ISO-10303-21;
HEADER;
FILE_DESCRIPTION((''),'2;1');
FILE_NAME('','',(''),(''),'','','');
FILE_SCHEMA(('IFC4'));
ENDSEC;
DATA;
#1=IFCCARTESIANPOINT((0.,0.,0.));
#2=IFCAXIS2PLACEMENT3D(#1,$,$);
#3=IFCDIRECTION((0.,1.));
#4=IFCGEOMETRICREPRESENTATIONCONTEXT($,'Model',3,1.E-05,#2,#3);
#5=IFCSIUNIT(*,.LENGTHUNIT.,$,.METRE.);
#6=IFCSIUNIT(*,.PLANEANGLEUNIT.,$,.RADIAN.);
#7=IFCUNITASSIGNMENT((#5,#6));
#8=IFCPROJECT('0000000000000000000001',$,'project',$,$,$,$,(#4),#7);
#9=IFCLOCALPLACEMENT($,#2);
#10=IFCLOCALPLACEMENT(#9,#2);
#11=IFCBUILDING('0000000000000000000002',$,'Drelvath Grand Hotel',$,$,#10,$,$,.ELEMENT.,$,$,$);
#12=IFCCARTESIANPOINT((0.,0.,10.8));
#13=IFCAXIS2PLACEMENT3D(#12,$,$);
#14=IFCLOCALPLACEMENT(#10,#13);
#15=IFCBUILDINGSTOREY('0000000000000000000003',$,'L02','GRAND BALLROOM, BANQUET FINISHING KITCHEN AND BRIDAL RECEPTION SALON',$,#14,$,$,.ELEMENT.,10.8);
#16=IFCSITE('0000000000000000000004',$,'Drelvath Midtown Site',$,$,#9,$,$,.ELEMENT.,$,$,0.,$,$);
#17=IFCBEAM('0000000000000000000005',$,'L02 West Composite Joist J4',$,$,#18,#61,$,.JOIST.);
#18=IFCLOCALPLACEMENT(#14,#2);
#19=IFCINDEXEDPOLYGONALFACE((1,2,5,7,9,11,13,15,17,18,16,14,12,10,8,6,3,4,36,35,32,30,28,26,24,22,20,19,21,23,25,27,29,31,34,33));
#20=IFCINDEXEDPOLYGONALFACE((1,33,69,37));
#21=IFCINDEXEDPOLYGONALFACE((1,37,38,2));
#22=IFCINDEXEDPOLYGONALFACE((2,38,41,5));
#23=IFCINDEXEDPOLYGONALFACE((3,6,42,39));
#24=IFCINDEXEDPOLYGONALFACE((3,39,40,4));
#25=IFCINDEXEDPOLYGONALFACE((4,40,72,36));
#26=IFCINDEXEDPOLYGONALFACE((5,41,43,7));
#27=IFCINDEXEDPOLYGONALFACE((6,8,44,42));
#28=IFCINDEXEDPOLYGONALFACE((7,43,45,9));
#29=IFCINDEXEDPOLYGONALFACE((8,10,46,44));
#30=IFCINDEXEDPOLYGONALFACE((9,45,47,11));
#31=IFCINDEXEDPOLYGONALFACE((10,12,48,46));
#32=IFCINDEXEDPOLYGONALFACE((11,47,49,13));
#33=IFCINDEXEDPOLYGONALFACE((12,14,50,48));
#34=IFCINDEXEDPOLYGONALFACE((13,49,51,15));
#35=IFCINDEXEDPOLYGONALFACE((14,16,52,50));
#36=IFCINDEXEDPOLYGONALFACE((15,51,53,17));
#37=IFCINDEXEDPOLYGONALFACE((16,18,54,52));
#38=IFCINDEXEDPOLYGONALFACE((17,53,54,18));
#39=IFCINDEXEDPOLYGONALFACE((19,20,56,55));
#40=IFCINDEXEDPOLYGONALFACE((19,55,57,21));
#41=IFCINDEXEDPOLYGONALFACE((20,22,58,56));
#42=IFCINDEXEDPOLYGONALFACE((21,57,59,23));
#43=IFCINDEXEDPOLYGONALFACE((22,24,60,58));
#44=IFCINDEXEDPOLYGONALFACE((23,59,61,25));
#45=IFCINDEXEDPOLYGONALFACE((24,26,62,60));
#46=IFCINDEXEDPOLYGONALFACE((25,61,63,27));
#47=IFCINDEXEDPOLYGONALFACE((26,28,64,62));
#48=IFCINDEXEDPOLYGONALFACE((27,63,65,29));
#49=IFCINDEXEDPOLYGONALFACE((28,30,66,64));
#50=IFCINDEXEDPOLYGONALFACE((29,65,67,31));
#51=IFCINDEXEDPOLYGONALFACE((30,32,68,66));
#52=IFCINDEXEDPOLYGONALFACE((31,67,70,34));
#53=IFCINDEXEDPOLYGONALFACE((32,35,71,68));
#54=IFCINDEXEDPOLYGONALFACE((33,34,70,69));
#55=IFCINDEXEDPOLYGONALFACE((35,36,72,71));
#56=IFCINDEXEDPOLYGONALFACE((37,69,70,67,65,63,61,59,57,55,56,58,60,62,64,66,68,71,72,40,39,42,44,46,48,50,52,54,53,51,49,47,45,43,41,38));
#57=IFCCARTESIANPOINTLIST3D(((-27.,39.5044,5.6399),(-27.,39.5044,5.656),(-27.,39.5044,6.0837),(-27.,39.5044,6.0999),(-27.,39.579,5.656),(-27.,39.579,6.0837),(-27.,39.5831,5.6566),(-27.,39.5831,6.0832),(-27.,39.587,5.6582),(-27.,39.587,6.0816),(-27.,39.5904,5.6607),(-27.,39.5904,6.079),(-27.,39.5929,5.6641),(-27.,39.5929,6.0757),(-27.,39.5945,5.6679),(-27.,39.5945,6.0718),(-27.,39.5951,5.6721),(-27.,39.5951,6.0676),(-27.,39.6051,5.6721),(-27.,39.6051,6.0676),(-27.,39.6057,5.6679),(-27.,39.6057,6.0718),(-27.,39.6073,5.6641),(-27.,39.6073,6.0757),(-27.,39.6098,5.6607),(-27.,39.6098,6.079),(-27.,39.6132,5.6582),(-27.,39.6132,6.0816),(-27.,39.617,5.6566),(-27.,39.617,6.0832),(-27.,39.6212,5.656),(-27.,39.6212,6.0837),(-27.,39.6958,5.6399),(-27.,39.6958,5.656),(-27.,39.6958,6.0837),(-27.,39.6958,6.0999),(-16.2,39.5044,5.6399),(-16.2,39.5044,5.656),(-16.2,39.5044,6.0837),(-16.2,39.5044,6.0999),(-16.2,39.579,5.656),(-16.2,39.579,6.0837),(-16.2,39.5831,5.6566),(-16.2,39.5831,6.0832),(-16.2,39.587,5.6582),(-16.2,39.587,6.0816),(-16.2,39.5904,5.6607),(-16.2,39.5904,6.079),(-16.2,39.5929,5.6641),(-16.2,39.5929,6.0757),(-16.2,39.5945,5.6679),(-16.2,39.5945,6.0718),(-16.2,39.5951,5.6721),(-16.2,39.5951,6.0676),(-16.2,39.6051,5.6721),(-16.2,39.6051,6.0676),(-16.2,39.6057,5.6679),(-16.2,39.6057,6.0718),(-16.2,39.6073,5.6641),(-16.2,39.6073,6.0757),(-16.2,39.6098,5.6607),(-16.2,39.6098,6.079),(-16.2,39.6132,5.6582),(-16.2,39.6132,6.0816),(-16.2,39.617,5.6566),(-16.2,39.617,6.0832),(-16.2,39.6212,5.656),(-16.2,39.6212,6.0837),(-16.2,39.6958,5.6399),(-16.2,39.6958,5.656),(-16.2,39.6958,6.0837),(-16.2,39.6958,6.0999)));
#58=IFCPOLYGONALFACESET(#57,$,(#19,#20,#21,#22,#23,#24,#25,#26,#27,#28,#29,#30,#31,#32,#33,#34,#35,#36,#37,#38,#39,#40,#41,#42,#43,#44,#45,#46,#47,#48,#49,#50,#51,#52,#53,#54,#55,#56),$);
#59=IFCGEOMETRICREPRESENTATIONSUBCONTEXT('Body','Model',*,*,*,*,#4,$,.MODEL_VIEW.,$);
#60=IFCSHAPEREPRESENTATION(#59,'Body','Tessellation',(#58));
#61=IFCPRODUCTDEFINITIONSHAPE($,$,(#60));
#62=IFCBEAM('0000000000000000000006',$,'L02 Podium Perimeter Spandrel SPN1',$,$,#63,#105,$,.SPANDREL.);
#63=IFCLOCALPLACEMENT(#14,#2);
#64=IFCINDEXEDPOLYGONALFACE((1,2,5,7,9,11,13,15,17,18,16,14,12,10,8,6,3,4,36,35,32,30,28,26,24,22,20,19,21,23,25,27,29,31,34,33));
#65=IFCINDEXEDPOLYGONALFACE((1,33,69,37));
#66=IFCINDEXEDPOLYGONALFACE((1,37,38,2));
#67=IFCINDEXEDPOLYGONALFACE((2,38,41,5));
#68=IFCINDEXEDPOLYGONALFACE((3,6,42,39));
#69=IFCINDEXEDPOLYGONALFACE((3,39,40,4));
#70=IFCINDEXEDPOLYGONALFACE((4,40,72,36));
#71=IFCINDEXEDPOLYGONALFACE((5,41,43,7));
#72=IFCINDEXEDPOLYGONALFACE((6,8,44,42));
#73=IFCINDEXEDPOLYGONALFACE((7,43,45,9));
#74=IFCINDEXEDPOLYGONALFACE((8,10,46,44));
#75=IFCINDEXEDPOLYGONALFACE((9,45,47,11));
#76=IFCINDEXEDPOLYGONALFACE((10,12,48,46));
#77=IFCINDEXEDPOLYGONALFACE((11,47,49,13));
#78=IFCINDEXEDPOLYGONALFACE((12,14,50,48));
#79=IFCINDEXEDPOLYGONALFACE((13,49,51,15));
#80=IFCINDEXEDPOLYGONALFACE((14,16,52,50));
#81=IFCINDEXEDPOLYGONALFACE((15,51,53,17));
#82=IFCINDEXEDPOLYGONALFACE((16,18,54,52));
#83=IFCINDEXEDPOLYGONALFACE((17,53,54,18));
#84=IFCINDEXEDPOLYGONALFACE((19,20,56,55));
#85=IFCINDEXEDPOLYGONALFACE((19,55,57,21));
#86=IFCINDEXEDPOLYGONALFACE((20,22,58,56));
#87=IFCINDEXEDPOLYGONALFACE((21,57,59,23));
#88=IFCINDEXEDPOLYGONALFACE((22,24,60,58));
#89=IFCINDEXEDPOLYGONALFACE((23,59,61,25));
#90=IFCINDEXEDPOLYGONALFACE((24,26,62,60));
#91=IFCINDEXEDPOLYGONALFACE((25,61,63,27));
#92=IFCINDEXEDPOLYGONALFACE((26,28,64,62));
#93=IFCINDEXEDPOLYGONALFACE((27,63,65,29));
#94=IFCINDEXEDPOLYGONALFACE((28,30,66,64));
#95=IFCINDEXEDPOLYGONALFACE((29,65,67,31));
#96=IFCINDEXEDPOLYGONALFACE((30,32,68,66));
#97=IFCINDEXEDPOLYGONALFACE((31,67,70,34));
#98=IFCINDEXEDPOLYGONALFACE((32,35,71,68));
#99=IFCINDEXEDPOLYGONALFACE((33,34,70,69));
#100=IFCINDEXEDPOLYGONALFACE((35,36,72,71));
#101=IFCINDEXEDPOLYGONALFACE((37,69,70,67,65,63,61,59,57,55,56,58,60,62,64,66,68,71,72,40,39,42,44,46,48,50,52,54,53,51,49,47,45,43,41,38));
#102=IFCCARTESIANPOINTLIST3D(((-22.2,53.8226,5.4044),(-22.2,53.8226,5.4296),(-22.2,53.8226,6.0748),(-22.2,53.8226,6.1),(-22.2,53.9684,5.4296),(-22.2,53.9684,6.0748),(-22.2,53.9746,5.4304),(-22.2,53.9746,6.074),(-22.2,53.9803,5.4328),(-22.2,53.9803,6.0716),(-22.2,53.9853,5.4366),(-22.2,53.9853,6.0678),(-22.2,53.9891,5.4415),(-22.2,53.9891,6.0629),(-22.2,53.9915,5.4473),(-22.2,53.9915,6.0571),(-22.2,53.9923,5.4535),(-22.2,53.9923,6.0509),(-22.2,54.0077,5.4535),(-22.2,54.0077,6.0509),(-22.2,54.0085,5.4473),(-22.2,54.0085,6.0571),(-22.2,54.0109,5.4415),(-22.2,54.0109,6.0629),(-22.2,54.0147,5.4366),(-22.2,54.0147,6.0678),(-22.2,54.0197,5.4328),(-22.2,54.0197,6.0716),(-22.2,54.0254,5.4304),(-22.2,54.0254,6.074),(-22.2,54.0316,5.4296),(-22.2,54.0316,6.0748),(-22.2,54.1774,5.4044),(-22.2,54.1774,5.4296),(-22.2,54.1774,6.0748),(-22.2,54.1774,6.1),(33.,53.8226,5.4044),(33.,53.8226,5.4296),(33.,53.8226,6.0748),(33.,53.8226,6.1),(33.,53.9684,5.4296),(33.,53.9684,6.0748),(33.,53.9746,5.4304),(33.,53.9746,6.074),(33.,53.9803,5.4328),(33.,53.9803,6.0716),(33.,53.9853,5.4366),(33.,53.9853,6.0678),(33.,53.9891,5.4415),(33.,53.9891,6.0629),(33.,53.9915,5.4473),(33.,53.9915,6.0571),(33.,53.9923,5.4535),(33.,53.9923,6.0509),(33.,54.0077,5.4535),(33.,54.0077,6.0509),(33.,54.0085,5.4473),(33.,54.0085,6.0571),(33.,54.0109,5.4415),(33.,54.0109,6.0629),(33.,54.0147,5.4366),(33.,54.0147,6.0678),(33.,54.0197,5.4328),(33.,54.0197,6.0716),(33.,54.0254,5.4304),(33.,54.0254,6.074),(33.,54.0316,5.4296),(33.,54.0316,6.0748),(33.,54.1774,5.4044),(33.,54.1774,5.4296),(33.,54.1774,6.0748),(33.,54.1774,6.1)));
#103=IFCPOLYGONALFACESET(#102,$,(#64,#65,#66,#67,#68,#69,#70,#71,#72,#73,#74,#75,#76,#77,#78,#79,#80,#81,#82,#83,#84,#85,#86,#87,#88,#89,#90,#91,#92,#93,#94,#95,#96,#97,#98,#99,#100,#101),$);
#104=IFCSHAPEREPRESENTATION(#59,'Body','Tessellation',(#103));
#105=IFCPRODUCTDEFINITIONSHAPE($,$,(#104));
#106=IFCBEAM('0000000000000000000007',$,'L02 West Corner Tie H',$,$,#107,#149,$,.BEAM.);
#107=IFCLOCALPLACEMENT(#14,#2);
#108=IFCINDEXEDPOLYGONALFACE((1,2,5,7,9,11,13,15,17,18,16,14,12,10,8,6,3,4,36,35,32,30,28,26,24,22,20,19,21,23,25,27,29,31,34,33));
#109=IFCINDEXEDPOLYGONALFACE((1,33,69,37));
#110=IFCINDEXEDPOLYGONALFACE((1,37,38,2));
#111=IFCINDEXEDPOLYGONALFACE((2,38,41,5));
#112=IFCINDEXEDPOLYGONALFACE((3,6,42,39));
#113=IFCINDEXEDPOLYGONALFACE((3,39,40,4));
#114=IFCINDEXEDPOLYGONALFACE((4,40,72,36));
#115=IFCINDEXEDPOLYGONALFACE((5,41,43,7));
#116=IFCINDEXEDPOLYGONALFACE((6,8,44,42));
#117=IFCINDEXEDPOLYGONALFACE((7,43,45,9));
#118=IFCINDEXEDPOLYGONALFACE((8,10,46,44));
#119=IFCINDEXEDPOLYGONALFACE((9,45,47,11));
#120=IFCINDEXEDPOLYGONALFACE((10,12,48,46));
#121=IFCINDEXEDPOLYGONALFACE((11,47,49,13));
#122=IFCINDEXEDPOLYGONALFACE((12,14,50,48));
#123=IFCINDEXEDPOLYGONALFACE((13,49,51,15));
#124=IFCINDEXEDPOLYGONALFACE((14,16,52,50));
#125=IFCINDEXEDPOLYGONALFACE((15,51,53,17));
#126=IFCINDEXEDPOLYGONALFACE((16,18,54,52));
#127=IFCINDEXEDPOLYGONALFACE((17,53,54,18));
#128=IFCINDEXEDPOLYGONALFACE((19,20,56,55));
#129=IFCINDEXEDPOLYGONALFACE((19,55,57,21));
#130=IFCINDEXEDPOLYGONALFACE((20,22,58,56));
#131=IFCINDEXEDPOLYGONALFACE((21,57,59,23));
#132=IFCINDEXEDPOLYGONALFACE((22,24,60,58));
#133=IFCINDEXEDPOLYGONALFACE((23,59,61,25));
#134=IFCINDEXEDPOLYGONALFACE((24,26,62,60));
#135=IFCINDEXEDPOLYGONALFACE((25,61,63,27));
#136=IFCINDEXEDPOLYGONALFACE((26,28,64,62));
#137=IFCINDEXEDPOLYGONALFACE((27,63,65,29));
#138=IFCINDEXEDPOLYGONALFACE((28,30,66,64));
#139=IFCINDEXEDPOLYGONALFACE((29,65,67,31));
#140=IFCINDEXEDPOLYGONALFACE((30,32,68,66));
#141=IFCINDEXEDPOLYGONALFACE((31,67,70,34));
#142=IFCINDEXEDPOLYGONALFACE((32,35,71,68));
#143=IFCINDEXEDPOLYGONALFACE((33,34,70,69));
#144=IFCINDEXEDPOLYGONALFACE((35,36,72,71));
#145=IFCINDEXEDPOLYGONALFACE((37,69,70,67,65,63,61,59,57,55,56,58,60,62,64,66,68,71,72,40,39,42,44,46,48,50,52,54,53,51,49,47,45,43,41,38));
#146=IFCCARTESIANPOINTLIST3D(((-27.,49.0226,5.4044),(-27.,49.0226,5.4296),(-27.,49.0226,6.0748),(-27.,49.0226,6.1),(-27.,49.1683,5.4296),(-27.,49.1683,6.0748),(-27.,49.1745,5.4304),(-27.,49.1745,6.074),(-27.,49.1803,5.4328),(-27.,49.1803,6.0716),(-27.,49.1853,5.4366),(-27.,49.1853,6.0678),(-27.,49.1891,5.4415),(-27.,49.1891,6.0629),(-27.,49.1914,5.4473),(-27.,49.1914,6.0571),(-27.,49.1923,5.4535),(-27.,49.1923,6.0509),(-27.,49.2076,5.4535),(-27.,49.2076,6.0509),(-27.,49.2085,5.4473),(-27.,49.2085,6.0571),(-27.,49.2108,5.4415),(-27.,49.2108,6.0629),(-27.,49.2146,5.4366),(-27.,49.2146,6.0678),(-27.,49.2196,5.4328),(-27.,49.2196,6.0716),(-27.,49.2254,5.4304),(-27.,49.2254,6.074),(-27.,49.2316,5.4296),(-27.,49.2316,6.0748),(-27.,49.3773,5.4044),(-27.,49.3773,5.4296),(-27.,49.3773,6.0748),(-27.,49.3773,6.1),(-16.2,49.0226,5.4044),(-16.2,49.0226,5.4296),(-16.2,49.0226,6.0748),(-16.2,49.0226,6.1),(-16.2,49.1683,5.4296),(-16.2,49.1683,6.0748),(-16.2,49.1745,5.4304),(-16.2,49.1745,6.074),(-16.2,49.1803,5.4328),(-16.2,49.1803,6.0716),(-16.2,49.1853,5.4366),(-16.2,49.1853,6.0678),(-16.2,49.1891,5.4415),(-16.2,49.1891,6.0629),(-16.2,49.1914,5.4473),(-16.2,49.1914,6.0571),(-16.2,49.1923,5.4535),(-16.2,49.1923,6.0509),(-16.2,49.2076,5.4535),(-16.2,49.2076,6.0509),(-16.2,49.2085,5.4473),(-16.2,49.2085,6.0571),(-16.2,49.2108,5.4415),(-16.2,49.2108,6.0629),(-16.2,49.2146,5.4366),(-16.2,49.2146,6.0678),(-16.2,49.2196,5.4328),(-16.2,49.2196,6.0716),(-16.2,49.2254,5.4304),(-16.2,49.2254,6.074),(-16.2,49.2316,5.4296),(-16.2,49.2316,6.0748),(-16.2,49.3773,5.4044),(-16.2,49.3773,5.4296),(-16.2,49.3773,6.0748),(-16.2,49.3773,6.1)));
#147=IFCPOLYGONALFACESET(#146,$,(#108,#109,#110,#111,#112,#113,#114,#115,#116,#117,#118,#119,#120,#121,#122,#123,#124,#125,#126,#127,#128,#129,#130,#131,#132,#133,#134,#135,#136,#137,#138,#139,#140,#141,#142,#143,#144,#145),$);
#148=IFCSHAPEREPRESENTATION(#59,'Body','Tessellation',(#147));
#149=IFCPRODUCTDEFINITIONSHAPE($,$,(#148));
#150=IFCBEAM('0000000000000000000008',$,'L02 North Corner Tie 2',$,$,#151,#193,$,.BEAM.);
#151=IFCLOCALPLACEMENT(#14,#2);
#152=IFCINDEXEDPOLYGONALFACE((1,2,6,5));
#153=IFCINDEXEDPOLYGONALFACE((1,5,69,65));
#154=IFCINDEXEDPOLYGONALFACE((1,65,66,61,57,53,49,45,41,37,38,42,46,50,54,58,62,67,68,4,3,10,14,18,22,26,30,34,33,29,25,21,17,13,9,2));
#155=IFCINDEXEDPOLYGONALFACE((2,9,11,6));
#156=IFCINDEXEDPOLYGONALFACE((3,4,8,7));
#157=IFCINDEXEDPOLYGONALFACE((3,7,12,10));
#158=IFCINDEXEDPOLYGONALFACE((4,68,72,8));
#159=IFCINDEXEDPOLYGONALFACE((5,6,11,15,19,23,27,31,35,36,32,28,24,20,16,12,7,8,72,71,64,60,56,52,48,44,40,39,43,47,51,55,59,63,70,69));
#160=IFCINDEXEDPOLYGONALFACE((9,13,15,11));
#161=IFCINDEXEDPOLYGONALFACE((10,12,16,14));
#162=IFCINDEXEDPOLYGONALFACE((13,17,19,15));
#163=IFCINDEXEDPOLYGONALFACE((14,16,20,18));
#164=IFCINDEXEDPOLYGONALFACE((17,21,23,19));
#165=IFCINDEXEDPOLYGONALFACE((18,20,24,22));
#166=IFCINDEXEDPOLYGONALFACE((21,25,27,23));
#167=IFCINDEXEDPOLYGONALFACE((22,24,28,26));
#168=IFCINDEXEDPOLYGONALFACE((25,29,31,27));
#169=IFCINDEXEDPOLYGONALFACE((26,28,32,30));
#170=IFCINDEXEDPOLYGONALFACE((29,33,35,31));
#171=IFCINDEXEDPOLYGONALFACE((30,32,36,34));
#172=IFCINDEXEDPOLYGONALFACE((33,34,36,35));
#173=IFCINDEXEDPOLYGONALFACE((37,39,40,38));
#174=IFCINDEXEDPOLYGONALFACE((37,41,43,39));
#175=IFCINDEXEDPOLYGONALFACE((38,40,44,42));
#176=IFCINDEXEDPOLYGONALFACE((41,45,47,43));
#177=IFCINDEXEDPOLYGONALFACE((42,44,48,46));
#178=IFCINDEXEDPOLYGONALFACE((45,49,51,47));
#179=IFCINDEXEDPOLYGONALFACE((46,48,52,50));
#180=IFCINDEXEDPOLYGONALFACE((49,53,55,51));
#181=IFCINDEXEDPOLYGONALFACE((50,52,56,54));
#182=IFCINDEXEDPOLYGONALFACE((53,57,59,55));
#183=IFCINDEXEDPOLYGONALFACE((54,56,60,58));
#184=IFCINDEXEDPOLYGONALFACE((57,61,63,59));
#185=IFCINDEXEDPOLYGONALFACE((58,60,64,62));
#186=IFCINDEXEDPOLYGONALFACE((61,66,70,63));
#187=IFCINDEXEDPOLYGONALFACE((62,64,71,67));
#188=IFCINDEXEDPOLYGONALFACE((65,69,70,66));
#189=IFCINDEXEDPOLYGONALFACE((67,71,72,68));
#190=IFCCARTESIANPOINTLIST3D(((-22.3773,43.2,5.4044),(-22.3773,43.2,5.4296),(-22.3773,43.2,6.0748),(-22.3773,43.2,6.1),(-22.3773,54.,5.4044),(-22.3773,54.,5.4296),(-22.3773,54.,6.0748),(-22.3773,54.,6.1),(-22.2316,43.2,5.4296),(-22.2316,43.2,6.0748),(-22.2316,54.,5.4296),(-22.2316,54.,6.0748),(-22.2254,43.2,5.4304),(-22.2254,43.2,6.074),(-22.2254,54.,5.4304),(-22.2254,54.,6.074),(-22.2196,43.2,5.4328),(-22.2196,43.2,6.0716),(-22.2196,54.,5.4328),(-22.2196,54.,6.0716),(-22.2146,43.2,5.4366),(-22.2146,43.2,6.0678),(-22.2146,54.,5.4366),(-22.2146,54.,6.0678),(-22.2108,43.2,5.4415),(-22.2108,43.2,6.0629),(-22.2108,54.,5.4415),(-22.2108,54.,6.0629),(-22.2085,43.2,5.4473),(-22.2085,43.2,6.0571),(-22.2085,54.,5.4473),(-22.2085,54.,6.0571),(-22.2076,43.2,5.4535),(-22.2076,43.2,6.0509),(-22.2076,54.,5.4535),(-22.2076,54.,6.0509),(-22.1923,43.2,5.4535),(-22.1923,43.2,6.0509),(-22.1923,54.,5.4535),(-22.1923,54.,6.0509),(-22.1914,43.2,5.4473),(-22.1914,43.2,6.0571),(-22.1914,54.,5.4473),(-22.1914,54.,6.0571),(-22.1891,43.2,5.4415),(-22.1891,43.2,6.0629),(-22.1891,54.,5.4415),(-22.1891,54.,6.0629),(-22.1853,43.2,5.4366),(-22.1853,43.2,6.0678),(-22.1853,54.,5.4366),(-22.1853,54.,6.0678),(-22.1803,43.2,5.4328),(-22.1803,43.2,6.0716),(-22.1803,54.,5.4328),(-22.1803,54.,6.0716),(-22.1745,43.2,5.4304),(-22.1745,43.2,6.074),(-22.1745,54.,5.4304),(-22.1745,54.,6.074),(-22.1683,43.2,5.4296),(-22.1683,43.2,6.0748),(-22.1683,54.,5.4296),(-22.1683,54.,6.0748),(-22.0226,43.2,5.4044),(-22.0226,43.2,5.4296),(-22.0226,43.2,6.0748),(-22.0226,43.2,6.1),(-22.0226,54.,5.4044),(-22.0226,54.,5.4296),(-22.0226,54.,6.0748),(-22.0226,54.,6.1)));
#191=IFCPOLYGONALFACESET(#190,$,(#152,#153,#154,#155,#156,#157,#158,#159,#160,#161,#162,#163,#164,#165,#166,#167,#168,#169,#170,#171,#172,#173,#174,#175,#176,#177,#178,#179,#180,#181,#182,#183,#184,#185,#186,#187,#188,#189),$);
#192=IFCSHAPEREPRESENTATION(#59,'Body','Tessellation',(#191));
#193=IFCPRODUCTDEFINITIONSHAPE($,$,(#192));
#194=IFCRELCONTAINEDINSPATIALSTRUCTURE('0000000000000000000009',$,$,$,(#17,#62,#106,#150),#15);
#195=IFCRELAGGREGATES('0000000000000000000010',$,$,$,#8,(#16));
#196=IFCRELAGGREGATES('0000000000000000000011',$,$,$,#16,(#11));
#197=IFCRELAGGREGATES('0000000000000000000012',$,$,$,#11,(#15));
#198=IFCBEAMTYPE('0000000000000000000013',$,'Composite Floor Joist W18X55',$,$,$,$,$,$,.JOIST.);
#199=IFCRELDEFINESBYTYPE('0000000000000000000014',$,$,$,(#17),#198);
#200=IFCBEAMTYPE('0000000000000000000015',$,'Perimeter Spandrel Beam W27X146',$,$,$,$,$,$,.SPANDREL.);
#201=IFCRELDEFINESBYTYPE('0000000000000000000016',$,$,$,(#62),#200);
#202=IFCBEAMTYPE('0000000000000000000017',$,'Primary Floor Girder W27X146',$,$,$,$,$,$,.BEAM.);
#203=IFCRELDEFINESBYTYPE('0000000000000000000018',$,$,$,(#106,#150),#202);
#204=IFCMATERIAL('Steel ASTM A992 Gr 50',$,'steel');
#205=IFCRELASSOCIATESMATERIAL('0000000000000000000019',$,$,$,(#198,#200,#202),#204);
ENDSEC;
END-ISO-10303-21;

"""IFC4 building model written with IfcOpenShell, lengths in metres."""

from ifc_helpers import new_model, si_unit, direction, frame, origin, origin_2d, place, context, subcontext, project, spatial, i_section, extrude, material, material_profile, profile_set, type_object, element, save


model = new_model("IFC4")

# Units and contexts
model_context = context("Model", 3, precision=1e-05, world=origin(), true_north=direction((0.0, 1.0)))
body_context = subcontext(model_context, "Body", "Model", "MODEL_VIEW")
ifc_project = project(units=[si_unit("LENGTHUNIT", "METRE"), si_unit("PLANEANGLEUNIT", "RADIAN")], contexts=[model_context])

# Site, building, storey
site_placement = place(None, origin())
site = spatial("IfcSite", under=ifc_project, at=site_placement, Name="Drelvath Midtown Site", CompositionType="ELEMENT", RefElevation=0.0)
building_placement = place(site_placement, origin())
building = spatial("IfcBuilding", under=site, at=building_placement, Name="Drelvath Grand Hotel", CompositionType="ELEMENT")
storey_placement = place(building_placement, frame((0.0, 0.0, 10.8)))
storey = spatial("IfcBuildingStorey", under=building, at=storey_placement, Name="L02", Description="GRAND BALLROOM, BANQUET FINISHING KITCHEN AND BRIDAL RECEPTION SALON", CompositionType="ELEMENT", Elevation=10.8)

# Beams
ifc_material_1 = material(Name="Steel ASTM A992 Gr 50", Category="steel")
ifc_material_profile_1 = material_profile(ifc_material_1, i_section(OverallWidth=0.1914, OverallDepth=0.46, WebThickness=0.01, FlangeThickness=0.0161, FilletRadius=0.0161, at=origin_2d()), Name="W18X55")
ifc_profile_set_1 = profile_set([ifc_material_profile_1], Name="Steel ASTM A992 Gr 50")
beam_type_1 = type_object("IfcBeamType", Name="Composite Floor Joist W18X55", PredefinedType="JOIST", material=ifc_profile_set_1)
beam_1_placement = place(storey_placement, frame((-27.0, 39.6001, 5.8699), z_axis=(1.0, 0.0, 0.0), x_axis=(0.0, 1.0, 0.0)))
element("IfcBeam", 1, at=beam_1_placement, inside=storey, type_object=beam_type_1, Name="L02 West Composite Joist J4", PredefinedType="JOIST", context=body_context, shape_type="SweptSolid", body=[
    extrude(i_section(OverallWidth=0.1914, OverallDepth=0.46, WebThickness=0.01, FlangeThickness=0.0161, FilletRadius=0.0161, at=origin_2d()), origin(), (0.0, 0.0, 1.0), 10.8),
])
ifc_material_profile_2 = material_profile(ifc_material_1, i_section(OverallWidth=0.3547, OverallDepth=0.6956, WebThickness=0.0154, FlangeThickness=0.0251, FilletRadius=0.0239, at=origin_2d()), Name="W27X146")
ifc_profile_set_2 = profile_set([ifc_material_profile_2], Name="Steel ASTM A992 Gr 50")
beam_type_2 = type_object("IfcBeamType", Name="Perimeter Spandrel Beam W27X146", PredefinedType="SPANDREL", material=ifc_profile_set_2)
beam_2_placement = place(storey_placement, frame((-22.2, 54.0, 5.7522), z_axis=(1.0, 0.0, 0.0), x_axis=(0.0, 1.0, 0.0)))
element("IfcBeam", 2, at=beam_2_placement, inside=storey, type_object=beam_type_2, Name="L02 Podium Perimeter Spandrel SPN1", PredefinedType="SPANDREL", context=body_context, shape_type="SweptSolid", body=[
    extrude(i_section(OverallWidth=0.3547, OverallDepth=0.6956, WebThickness=0.0154, FlangeThickness=0.0251, FilletRadius=0.0239, at=origin_2d()), origin(), (0.0, 0.0, 1.0), 55.2),
])
ifc_material_profile_3 = material_profile(ifc_material_1, i_section(OverallWidth=0.3547, OverallDepth=0.6956, WebThickness=0.0154, FlangeThickness=0.0251, FilletRadius=0.0239, at=origin_2d()), Name="W27X146")
ifc_profile_set_3 = profile_set([ifc_material_profile_3], Name="Steel ASTM A992 Gr 50")
beam_type_3 = type_object("IfcBeamType", Name="Primary Floor Girder W27X146", PredefinedType="BEAM", material=ifc_profile_set_3)
for number, where, z_axis, x_axis, name in (
    (3, (-27.0, 49.2, 5.7522), (1.0, 0.0, 0.0), (0.0, 1.0, 0.0), "L02 West Corner Tie H"),
    (4, (-22.2, 43.2, 5.7522), (0.0, 1.0, 0.0), (-1.0, 0.0, 0.0), "L02 North Corner Tie 2"),
):
    element("IfcBeam", number, at=place(storey_placement, frame(where, z_axis=z_axis, x_axis=x_axis)), inside=storey, type_object=beam_type_3, Name=name, PredefinedType="BEAM", context=body_context, shape_type="SweptSolid", body=[
        extrude(i_section(OverallWidth=0.3547, OverallDepth=0.6956, WebThickness=0.0154, FlangeThickness=0.0251, FilletRadius=0.0239, at=origin_2d()), origin(), (0.0, 0.0, 1.0), 10.8),
    ])

save(model, "model.ifc")
